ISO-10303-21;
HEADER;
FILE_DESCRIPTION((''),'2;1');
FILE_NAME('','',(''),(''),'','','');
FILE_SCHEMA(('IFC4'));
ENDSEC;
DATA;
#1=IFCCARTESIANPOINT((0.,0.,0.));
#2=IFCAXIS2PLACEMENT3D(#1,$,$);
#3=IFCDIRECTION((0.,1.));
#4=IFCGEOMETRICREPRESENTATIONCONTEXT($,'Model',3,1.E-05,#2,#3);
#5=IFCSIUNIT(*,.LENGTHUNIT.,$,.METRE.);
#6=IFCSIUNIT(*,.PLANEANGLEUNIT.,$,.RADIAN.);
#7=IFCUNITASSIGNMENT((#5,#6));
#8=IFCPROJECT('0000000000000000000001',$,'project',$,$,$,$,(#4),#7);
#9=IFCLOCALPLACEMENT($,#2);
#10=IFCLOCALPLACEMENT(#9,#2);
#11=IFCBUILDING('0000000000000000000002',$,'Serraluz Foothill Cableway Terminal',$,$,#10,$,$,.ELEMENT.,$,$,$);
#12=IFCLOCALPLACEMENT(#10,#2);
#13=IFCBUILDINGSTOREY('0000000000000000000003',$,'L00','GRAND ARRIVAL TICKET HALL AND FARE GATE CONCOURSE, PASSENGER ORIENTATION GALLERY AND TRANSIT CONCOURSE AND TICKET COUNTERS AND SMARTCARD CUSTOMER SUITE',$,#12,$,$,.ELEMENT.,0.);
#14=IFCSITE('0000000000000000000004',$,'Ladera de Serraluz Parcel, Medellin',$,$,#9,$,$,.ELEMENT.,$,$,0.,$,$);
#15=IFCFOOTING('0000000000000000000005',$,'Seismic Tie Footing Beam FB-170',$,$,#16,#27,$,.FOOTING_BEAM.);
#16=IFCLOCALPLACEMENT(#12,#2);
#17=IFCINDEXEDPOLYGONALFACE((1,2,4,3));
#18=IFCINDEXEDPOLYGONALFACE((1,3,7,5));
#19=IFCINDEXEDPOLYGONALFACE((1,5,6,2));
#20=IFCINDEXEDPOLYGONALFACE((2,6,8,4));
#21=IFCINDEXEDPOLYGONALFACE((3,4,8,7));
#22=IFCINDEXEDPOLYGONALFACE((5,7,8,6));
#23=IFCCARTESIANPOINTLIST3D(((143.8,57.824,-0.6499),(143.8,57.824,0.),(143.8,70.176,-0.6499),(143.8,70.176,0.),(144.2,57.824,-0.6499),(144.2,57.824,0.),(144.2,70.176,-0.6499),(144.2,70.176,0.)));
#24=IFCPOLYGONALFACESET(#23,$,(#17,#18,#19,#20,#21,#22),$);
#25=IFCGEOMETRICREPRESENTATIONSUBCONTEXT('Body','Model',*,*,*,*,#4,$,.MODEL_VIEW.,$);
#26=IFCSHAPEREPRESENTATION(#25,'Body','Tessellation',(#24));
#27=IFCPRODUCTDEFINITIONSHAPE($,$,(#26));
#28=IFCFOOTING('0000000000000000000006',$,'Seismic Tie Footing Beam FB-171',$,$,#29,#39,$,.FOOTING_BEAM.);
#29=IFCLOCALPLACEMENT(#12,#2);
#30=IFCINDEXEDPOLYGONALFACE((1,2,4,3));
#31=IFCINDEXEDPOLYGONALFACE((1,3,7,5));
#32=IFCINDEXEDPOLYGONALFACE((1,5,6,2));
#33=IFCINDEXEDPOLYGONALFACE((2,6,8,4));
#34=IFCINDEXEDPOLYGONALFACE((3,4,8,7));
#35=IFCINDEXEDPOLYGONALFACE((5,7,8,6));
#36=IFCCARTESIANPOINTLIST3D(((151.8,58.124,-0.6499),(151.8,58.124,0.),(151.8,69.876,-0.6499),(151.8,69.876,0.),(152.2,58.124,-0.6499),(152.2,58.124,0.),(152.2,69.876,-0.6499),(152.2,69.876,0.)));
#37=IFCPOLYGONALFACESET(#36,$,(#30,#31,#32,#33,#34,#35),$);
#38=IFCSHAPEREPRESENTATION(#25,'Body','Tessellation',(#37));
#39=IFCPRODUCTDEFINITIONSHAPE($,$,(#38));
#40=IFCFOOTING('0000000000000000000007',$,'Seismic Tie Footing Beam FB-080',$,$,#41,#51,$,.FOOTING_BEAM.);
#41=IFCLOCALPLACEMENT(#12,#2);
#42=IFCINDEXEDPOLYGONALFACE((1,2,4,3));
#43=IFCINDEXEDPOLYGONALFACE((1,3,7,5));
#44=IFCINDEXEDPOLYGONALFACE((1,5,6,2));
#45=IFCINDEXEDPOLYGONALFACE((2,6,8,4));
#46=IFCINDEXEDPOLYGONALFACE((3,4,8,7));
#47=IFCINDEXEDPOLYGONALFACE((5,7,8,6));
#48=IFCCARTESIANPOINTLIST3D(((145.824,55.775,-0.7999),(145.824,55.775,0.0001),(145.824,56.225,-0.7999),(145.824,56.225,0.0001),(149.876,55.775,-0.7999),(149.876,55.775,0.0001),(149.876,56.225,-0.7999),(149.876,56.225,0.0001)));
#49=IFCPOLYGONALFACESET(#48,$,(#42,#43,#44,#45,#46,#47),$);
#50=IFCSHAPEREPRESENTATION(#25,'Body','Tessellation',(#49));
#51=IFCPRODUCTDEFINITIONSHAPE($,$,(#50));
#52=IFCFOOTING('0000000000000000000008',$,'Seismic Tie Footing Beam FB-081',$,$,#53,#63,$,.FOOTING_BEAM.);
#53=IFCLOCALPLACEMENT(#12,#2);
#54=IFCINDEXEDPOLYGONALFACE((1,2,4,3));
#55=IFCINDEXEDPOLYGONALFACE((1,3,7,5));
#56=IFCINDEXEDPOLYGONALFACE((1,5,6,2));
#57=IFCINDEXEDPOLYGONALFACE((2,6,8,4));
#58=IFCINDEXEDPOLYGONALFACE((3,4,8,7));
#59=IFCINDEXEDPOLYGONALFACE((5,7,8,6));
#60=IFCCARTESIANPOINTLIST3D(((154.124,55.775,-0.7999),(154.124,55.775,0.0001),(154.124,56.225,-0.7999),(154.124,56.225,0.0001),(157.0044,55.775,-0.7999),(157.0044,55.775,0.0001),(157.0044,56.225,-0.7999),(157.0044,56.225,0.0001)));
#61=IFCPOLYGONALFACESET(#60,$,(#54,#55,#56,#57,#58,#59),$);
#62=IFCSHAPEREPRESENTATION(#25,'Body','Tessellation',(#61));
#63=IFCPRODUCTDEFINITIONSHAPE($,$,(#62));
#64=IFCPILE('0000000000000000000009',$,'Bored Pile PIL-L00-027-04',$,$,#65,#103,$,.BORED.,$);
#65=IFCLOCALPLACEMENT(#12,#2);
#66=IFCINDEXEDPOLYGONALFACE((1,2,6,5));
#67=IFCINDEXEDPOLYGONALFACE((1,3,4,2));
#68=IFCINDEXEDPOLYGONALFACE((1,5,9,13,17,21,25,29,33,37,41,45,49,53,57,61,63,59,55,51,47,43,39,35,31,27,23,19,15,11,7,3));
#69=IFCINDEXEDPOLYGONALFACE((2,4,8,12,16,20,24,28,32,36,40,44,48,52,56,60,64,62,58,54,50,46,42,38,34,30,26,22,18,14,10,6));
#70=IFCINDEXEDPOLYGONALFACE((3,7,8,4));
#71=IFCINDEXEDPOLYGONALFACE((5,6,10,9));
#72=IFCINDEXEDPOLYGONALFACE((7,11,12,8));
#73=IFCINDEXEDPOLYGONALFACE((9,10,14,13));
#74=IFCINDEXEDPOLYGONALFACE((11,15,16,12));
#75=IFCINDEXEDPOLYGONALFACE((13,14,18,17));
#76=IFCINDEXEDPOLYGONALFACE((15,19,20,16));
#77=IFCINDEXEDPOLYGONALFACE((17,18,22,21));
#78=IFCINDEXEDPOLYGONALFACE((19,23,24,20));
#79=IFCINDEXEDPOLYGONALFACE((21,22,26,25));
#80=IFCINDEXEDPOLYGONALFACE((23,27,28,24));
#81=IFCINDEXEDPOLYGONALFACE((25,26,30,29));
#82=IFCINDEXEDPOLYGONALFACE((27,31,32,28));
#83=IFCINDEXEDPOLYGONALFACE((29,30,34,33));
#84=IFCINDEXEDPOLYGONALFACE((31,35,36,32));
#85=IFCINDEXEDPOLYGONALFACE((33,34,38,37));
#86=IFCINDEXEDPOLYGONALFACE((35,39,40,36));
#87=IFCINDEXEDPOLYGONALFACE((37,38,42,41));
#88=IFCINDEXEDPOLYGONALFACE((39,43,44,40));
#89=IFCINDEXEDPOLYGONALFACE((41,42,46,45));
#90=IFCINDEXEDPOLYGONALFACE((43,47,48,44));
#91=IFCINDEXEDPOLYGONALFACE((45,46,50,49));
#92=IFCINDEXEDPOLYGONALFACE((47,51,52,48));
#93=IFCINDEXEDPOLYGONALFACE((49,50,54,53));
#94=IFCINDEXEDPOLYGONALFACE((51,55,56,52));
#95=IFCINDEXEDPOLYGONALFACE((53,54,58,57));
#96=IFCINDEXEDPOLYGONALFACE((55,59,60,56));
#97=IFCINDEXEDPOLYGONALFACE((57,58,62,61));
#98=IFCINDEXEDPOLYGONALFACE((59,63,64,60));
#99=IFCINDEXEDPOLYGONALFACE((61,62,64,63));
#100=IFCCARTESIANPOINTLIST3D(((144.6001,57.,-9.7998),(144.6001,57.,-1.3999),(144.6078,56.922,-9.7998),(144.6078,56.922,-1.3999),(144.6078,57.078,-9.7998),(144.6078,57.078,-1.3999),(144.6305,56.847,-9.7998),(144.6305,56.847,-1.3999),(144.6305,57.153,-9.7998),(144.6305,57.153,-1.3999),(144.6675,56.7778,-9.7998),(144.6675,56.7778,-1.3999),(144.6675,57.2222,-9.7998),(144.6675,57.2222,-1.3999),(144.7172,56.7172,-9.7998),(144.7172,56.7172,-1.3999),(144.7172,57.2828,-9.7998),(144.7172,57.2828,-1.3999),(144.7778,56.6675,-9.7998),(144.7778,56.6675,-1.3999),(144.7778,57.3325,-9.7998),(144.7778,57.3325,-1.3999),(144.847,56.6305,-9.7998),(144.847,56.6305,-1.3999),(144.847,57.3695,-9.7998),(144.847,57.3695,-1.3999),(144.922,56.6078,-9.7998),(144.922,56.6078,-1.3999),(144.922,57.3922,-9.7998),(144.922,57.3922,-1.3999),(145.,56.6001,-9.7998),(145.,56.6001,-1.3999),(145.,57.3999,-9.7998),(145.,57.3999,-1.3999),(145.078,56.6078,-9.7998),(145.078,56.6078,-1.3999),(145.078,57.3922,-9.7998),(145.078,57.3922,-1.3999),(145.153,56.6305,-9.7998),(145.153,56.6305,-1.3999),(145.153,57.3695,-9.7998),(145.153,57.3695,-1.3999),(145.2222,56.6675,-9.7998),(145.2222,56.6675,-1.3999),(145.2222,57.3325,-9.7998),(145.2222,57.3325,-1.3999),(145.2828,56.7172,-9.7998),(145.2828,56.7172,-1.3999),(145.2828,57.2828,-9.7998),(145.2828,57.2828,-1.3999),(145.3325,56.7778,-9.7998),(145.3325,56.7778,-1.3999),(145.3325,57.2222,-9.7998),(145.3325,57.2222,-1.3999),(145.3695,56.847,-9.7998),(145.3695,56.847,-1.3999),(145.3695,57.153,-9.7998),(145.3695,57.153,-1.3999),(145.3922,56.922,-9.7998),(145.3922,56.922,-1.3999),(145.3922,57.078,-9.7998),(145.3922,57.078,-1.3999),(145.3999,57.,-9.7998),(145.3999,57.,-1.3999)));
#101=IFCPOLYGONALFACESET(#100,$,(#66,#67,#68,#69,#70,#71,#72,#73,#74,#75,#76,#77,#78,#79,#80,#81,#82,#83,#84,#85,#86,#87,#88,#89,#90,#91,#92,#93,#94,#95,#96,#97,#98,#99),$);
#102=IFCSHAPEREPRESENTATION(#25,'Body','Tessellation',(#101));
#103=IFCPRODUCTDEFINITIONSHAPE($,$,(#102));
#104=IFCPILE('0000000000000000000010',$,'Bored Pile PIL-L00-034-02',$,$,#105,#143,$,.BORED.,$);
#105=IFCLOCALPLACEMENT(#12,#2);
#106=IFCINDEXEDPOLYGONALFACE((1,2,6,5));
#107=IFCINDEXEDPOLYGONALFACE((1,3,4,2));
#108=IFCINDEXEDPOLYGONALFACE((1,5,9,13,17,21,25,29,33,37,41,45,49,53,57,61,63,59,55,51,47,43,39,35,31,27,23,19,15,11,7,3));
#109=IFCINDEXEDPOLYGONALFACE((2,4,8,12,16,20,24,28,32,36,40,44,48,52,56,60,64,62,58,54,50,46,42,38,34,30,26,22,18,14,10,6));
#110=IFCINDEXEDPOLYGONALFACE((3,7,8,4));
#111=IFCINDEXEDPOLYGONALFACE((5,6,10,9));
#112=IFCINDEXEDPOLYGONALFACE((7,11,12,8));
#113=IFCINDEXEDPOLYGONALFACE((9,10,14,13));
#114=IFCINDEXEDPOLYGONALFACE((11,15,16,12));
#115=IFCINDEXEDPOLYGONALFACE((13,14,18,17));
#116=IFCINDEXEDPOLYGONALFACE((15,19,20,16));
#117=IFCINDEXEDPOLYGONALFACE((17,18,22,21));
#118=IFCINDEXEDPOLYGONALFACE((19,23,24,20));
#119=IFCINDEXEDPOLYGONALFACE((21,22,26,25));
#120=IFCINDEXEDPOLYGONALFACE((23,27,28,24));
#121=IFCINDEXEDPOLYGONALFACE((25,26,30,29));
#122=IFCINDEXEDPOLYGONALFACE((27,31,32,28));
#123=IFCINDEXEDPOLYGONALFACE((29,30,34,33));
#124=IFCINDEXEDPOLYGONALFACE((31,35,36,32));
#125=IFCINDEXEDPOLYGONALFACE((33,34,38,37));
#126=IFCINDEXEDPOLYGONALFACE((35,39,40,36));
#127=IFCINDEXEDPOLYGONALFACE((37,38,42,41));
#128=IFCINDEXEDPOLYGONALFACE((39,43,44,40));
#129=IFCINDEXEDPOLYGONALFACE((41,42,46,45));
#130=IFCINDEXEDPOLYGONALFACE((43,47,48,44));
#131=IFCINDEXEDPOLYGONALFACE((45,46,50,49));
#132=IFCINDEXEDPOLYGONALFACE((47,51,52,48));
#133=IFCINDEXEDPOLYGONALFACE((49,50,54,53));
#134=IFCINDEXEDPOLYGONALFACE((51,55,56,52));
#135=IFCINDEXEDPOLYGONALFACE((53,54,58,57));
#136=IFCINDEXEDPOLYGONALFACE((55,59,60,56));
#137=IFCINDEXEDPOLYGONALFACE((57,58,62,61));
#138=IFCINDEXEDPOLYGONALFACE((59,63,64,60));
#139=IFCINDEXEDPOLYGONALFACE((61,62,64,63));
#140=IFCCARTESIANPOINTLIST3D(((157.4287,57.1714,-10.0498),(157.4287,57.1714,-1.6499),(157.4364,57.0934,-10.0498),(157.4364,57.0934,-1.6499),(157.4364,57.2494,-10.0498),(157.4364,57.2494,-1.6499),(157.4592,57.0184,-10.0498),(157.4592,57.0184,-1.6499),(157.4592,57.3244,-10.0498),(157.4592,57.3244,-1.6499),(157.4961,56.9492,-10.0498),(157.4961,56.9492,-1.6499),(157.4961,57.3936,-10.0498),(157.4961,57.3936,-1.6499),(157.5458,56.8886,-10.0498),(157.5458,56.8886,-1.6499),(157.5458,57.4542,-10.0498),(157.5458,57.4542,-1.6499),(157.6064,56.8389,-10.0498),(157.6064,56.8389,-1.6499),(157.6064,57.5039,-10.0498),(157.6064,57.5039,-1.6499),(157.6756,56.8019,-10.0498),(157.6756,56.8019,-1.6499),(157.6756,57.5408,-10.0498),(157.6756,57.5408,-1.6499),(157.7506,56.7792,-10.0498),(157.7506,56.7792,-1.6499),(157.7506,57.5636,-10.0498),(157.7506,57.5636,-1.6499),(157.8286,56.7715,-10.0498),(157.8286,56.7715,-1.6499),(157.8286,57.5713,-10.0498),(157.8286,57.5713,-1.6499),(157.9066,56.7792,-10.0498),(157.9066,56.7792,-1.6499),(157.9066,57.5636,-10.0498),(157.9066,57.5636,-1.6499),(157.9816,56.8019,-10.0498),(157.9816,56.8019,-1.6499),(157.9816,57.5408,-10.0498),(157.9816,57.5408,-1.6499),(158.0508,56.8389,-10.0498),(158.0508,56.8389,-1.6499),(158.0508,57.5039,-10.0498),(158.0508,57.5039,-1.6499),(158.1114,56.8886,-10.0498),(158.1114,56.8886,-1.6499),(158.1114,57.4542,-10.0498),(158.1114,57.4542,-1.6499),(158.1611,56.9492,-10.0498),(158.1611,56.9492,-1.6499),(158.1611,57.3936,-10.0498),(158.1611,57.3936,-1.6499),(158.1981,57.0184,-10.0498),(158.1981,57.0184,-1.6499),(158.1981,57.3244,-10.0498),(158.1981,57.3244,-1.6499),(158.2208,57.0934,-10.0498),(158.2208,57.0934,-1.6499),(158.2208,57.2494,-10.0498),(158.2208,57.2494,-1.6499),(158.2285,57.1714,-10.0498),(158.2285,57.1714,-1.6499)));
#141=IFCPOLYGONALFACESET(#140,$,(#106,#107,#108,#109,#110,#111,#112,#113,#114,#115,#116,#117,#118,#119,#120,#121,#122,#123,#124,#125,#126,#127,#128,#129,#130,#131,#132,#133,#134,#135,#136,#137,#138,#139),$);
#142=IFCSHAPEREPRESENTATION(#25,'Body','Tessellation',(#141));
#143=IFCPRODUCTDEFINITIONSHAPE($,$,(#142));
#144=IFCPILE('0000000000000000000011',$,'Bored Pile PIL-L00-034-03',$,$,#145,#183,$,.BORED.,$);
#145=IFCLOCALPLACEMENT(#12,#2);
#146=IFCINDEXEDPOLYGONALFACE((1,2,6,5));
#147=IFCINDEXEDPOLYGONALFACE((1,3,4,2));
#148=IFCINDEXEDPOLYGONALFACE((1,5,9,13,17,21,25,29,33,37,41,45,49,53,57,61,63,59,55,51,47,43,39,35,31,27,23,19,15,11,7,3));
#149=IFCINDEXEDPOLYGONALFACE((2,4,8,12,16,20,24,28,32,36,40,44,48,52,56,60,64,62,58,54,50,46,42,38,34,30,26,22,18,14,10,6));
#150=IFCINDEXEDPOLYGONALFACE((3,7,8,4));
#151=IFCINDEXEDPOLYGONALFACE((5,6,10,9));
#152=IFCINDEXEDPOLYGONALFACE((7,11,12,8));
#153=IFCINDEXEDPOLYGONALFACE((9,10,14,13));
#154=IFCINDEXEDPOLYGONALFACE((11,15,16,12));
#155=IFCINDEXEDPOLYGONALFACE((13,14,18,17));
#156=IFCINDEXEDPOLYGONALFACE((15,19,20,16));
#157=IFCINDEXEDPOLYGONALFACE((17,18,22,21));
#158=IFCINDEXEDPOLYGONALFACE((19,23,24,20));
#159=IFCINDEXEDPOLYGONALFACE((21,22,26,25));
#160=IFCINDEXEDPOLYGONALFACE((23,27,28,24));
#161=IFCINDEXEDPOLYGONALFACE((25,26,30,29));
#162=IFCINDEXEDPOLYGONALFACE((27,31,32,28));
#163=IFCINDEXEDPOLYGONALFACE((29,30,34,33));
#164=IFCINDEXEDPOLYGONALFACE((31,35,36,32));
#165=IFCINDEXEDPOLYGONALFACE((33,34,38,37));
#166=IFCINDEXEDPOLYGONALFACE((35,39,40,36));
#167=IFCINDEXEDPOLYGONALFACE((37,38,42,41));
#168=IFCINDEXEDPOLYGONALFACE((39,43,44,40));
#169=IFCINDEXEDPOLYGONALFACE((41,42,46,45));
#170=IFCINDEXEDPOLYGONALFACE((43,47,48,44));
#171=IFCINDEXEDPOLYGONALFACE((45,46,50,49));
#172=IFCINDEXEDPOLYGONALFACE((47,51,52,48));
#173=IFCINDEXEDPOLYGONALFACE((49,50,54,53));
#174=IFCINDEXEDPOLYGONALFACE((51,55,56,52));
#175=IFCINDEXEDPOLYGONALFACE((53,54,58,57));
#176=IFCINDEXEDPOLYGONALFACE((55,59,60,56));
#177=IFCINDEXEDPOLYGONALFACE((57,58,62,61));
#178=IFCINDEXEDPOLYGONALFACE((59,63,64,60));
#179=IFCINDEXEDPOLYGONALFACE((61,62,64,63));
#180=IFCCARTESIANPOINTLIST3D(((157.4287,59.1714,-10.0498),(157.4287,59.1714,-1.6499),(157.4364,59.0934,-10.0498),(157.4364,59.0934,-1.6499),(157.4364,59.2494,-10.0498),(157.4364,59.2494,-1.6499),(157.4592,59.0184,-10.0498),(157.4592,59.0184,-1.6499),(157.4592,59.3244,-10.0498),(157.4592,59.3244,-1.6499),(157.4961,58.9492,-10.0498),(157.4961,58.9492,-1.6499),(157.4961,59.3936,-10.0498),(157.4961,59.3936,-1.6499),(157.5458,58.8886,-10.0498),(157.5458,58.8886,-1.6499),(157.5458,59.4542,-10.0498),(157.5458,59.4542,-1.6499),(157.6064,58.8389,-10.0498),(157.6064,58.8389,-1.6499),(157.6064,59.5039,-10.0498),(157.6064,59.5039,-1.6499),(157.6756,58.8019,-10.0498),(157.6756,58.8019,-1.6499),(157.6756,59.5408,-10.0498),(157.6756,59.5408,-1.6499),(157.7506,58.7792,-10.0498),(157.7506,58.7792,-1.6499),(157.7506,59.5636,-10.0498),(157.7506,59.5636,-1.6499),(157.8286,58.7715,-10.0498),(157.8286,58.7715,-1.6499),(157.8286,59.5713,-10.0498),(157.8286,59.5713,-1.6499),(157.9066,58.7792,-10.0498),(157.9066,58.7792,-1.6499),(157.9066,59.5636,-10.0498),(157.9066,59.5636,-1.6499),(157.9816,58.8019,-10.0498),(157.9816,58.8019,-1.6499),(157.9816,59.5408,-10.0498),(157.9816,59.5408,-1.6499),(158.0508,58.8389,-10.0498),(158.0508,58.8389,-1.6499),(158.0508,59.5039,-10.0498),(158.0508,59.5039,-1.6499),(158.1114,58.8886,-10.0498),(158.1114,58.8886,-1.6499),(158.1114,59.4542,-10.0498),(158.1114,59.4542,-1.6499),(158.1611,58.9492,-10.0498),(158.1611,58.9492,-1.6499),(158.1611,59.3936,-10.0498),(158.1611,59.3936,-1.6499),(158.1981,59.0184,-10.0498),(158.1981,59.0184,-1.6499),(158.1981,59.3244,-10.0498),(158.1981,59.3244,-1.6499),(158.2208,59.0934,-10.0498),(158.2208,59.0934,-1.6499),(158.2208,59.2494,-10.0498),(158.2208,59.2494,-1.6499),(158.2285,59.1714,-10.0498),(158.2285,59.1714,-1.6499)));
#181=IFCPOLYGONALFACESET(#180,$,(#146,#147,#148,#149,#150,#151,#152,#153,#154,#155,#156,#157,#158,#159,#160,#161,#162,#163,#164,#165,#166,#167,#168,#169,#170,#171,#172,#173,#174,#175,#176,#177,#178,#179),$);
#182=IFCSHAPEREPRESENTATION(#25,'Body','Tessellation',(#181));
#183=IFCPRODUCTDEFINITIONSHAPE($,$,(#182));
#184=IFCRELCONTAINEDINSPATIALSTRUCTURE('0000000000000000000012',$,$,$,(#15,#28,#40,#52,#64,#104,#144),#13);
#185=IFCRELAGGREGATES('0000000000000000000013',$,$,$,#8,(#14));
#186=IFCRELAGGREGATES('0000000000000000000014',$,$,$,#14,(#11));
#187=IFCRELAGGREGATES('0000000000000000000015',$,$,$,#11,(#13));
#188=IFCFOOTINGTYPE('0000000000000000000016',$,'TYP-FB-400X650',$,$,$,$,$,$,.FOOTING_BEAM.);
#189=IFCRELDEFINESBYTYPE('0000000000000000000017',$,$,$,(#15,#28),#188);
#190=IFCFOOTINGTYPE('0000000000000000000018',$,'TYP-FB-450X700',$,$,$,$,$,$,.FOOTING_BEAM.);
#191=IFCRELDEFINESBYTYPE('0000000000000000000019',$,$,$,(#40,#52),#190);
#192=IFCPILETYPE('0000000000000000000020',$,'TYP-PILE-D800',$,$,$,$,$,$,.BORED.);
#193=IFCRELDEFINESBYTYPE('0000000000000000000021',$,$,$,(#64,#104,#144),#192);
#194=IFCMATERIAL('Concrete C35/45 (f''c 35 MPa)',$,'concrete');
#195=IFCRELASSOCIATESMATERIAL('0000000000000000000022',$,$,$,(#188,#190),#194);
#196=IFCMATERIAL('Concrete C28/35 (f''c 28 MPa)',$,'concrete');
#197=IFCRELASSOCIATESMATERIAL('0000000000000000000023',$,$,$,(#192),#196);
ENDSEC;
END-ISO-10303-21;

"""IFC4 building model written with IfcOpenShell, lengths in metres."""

from ifc_helpers import new_model, si_unit, direction, frame, origin, origin_2d, place, context, subcontext, project, spatial, rectangle, circle, extrude, material, material_profile, profile_set, type_object, element, save


model = new_model("IFC4")

# Units and contexts
model_context = context("Model", 3, precision=1e-05, world=origin(), true_north=direction((0.0, 1.0)))
body_context = subcontext(model_context, "Body", "Model", "MODEL_VIEW")
ifc_project = project(units=[si_unit("LENGTHUNIT", "METRE"), si_unit("PLANEANGLEUNIT", "RADIAN")], contexts=[model_context])

# Site, building, storey
site_placement = place(None, origin())
site = spatial("IfcSite", under=ifc_project, at=site_placement, Name="Ladera de Serraluz Parcel, Medellin", CompositionType="ELEMENT", RefElevation=0.0)
building_placement = place(site_placement, origin())
building = spatial("IfcBuilding", under=site, at=building_placement, Name="Serraluz Foothill Cableway Terminal", CompositionType="ELEMENT")
storey_placement = place(building_placement, origin())
storey = spatial("IfcBuildingStorey", under=building, at=storey_placement, Name="L00", Description="GRAND ARRIVAL TICKET HALL AND FARE GATE CONCOURSE, PASSENGER ORIENTATION GALLERY AND TRANSIT CONCOURSE AND TICKET COUNTERS AND SMARTCARD CUSTOMER SUITE", CompositionType="ELEMENT", Elevation=0.0)

# Footings
ifc_material_1 = material(Name="Concrete C35/45 (f'c 35 MPa)", Category="concrete")
ifc_material_profile_1 = material_profile(ifc_material_1, rectangle(XDim=0.3999, YDim=0.6499, at=origin_2d()), Name="RC 400x650")
ifc_profile_set_1 = profile_set([ifc_material_profile_1], Name="Concrete C35/45 (f'c 35 MPa)")
footing_type_1 = type_object("IfcFootingType", Name="TYP-FB-400X650", PredefinedType="FOOTING_BEAM", material=ifc_profile_set_1)
footing_1_placement = place(storey_placement, frame((144.0, 57.824, -0.325), z_axis=(0.0, 1.0, 0.0), x_axis=(-1.0, 0.0, 0.0)))
element("IfcFooting", 1, at=footing_1_placement, inside=storey, type_object=footing_type_1, Name="Seismic Tie Footing Beam FB-170", PredefinedType="FOOTING_BEAM", context=body_context, shape_type="SweptSolid", body=[
    extrude(rectangle(XDim=0.3999, YDim=0.6499, at=origin_2d()), origin(), (0.0, 0.0, 1.0), 12.3521),
])
footing_2_placement = place(storey_placement, frame((152.0, 58.124, -0.325), z_axis=(0.0, 1.0, 0.0), x_axis=(-1.0, 0.0, 0.0)))
element("IfcFooting", 2, at=footing_2_placement, inside=storey, type_object=footing_type_1, Name="Seismic Tie Footing Beam FB-171", PredefinedType="FOOTING_BEAM", context=body_context, shape_type="SweptSolid", body=[
    extrude(rectangle(XDim=0.3999, YDim=0.6499, at=origin_2d()), origin(), (0.0, 0.0, 1.0), 11.752),
])
ifc_material_profile_2 = material_profile(ifc_material_1, rectangle(XDim=0.45, YDim=0.8, at=origin_2d()), Name="RC 450x800")
ifc_profile_set_2 = profile_set([ifc_material_profile_2], Name="Concrete C35/45 (f'c 35 MPa)")
footing_type_2 = type_object("IfcFootingType", Name="TYP-FB-450X700", PredefinedType="FOOTING_BEAM", material=ifc_profile_set_2)
footing_3_placement = place(storey_placement, frame((145.824, 56.0, -0.3999), z_axis=(1.0, 0.0, 0.0), x_axis=(0.0, 1.0, 0.0)))
element("IfcFooting", 3, at=footing_3_placement, inside=storey, type_object=footing_type_2, Name="Seismic Tie Footing Beam FB-080", PredefinedType="FOOTING_BEAM", context=body_context, shape_type="SweptSolid", body=[
    extrude(rectangle(XDim=0.45, YDim=0.8, at=origin_2d()), origin(), (0.0, 0.0, 1.0), 4.052),
])
footing_4_placement = place(storey_placement, frame((154.124, 56.0, -0.3999), z_axis=(1.0, 0.0, 0.0), x_axis=(0.0, 1.0, 0.0)))
element("IfcFooting", 4, at=footing_4_placement, inside=storey, type_object=footing_type_2, Name="Seismic Tie Footing Beam FB-081", PredefinedType="FOOTING_BEAM", context=body_context, shape_type="SweptSolid", body=[
    extrude(rectangle(XDim=0.45, YDim=0.8, at=origin_2d()), origin(), (0.0, 0.0, 1.0), 2.8804),
])

# Piles
ifc_material_2 = material(Name="Concrete C28/35 (f'c 28 MPa)", Category="concrete")
ifc_material_profile_3 = material_profile(ifc_material_2, circle(Radius=0.3999, at=origin_2d()), Name="BORED PILE D800")
ifc_profile_set_3 = profile_set([ifc_material_profile_3], Name="Concrete C28/35 (f'c 28 MPa)")
pile_type_1 = type_object("IfcPileType", Name="TYP-PILE-D800", PredefinedType="BORED", material=ifc_profile_set_3)
for number, where, z_axis, x_axis, name in (
    (5, (145.0, 57.0, -1.3999), (0.0, 0.0, -1.0), (1.0, 0.0, 0.0), "Bored Pile PIL-L00-027-04"),
    (6, (157.8286, 57.1714, -1.6499), (0.0, 0.0, -1.0), (1.0, 0.0, 0.0), "Bored Pile PIL-L00-034-02"),
    (7, (157.8286, 59.1714, -1.6499), (0.0, 0.0, -1.0), (1.0, 0.0, 0.0), "Bored Pile PIL-L00-034-03"),
):
    element("IfcPile", number, at=place(storey_placement, frame(where, z_axis=z_axis, x_axis=x_axis)), inside=storey, type_object=pile_type_1, Name=name, PredefinedType="BORED", context=body_context, shape_type="SweptSolid", body=[
        extrude(circle(Radius=0.3999, at=origin_2d()), origin(), (0.0, 0.0, 1.0), 8.3999),
    ])

save(model, "model.ifc")
